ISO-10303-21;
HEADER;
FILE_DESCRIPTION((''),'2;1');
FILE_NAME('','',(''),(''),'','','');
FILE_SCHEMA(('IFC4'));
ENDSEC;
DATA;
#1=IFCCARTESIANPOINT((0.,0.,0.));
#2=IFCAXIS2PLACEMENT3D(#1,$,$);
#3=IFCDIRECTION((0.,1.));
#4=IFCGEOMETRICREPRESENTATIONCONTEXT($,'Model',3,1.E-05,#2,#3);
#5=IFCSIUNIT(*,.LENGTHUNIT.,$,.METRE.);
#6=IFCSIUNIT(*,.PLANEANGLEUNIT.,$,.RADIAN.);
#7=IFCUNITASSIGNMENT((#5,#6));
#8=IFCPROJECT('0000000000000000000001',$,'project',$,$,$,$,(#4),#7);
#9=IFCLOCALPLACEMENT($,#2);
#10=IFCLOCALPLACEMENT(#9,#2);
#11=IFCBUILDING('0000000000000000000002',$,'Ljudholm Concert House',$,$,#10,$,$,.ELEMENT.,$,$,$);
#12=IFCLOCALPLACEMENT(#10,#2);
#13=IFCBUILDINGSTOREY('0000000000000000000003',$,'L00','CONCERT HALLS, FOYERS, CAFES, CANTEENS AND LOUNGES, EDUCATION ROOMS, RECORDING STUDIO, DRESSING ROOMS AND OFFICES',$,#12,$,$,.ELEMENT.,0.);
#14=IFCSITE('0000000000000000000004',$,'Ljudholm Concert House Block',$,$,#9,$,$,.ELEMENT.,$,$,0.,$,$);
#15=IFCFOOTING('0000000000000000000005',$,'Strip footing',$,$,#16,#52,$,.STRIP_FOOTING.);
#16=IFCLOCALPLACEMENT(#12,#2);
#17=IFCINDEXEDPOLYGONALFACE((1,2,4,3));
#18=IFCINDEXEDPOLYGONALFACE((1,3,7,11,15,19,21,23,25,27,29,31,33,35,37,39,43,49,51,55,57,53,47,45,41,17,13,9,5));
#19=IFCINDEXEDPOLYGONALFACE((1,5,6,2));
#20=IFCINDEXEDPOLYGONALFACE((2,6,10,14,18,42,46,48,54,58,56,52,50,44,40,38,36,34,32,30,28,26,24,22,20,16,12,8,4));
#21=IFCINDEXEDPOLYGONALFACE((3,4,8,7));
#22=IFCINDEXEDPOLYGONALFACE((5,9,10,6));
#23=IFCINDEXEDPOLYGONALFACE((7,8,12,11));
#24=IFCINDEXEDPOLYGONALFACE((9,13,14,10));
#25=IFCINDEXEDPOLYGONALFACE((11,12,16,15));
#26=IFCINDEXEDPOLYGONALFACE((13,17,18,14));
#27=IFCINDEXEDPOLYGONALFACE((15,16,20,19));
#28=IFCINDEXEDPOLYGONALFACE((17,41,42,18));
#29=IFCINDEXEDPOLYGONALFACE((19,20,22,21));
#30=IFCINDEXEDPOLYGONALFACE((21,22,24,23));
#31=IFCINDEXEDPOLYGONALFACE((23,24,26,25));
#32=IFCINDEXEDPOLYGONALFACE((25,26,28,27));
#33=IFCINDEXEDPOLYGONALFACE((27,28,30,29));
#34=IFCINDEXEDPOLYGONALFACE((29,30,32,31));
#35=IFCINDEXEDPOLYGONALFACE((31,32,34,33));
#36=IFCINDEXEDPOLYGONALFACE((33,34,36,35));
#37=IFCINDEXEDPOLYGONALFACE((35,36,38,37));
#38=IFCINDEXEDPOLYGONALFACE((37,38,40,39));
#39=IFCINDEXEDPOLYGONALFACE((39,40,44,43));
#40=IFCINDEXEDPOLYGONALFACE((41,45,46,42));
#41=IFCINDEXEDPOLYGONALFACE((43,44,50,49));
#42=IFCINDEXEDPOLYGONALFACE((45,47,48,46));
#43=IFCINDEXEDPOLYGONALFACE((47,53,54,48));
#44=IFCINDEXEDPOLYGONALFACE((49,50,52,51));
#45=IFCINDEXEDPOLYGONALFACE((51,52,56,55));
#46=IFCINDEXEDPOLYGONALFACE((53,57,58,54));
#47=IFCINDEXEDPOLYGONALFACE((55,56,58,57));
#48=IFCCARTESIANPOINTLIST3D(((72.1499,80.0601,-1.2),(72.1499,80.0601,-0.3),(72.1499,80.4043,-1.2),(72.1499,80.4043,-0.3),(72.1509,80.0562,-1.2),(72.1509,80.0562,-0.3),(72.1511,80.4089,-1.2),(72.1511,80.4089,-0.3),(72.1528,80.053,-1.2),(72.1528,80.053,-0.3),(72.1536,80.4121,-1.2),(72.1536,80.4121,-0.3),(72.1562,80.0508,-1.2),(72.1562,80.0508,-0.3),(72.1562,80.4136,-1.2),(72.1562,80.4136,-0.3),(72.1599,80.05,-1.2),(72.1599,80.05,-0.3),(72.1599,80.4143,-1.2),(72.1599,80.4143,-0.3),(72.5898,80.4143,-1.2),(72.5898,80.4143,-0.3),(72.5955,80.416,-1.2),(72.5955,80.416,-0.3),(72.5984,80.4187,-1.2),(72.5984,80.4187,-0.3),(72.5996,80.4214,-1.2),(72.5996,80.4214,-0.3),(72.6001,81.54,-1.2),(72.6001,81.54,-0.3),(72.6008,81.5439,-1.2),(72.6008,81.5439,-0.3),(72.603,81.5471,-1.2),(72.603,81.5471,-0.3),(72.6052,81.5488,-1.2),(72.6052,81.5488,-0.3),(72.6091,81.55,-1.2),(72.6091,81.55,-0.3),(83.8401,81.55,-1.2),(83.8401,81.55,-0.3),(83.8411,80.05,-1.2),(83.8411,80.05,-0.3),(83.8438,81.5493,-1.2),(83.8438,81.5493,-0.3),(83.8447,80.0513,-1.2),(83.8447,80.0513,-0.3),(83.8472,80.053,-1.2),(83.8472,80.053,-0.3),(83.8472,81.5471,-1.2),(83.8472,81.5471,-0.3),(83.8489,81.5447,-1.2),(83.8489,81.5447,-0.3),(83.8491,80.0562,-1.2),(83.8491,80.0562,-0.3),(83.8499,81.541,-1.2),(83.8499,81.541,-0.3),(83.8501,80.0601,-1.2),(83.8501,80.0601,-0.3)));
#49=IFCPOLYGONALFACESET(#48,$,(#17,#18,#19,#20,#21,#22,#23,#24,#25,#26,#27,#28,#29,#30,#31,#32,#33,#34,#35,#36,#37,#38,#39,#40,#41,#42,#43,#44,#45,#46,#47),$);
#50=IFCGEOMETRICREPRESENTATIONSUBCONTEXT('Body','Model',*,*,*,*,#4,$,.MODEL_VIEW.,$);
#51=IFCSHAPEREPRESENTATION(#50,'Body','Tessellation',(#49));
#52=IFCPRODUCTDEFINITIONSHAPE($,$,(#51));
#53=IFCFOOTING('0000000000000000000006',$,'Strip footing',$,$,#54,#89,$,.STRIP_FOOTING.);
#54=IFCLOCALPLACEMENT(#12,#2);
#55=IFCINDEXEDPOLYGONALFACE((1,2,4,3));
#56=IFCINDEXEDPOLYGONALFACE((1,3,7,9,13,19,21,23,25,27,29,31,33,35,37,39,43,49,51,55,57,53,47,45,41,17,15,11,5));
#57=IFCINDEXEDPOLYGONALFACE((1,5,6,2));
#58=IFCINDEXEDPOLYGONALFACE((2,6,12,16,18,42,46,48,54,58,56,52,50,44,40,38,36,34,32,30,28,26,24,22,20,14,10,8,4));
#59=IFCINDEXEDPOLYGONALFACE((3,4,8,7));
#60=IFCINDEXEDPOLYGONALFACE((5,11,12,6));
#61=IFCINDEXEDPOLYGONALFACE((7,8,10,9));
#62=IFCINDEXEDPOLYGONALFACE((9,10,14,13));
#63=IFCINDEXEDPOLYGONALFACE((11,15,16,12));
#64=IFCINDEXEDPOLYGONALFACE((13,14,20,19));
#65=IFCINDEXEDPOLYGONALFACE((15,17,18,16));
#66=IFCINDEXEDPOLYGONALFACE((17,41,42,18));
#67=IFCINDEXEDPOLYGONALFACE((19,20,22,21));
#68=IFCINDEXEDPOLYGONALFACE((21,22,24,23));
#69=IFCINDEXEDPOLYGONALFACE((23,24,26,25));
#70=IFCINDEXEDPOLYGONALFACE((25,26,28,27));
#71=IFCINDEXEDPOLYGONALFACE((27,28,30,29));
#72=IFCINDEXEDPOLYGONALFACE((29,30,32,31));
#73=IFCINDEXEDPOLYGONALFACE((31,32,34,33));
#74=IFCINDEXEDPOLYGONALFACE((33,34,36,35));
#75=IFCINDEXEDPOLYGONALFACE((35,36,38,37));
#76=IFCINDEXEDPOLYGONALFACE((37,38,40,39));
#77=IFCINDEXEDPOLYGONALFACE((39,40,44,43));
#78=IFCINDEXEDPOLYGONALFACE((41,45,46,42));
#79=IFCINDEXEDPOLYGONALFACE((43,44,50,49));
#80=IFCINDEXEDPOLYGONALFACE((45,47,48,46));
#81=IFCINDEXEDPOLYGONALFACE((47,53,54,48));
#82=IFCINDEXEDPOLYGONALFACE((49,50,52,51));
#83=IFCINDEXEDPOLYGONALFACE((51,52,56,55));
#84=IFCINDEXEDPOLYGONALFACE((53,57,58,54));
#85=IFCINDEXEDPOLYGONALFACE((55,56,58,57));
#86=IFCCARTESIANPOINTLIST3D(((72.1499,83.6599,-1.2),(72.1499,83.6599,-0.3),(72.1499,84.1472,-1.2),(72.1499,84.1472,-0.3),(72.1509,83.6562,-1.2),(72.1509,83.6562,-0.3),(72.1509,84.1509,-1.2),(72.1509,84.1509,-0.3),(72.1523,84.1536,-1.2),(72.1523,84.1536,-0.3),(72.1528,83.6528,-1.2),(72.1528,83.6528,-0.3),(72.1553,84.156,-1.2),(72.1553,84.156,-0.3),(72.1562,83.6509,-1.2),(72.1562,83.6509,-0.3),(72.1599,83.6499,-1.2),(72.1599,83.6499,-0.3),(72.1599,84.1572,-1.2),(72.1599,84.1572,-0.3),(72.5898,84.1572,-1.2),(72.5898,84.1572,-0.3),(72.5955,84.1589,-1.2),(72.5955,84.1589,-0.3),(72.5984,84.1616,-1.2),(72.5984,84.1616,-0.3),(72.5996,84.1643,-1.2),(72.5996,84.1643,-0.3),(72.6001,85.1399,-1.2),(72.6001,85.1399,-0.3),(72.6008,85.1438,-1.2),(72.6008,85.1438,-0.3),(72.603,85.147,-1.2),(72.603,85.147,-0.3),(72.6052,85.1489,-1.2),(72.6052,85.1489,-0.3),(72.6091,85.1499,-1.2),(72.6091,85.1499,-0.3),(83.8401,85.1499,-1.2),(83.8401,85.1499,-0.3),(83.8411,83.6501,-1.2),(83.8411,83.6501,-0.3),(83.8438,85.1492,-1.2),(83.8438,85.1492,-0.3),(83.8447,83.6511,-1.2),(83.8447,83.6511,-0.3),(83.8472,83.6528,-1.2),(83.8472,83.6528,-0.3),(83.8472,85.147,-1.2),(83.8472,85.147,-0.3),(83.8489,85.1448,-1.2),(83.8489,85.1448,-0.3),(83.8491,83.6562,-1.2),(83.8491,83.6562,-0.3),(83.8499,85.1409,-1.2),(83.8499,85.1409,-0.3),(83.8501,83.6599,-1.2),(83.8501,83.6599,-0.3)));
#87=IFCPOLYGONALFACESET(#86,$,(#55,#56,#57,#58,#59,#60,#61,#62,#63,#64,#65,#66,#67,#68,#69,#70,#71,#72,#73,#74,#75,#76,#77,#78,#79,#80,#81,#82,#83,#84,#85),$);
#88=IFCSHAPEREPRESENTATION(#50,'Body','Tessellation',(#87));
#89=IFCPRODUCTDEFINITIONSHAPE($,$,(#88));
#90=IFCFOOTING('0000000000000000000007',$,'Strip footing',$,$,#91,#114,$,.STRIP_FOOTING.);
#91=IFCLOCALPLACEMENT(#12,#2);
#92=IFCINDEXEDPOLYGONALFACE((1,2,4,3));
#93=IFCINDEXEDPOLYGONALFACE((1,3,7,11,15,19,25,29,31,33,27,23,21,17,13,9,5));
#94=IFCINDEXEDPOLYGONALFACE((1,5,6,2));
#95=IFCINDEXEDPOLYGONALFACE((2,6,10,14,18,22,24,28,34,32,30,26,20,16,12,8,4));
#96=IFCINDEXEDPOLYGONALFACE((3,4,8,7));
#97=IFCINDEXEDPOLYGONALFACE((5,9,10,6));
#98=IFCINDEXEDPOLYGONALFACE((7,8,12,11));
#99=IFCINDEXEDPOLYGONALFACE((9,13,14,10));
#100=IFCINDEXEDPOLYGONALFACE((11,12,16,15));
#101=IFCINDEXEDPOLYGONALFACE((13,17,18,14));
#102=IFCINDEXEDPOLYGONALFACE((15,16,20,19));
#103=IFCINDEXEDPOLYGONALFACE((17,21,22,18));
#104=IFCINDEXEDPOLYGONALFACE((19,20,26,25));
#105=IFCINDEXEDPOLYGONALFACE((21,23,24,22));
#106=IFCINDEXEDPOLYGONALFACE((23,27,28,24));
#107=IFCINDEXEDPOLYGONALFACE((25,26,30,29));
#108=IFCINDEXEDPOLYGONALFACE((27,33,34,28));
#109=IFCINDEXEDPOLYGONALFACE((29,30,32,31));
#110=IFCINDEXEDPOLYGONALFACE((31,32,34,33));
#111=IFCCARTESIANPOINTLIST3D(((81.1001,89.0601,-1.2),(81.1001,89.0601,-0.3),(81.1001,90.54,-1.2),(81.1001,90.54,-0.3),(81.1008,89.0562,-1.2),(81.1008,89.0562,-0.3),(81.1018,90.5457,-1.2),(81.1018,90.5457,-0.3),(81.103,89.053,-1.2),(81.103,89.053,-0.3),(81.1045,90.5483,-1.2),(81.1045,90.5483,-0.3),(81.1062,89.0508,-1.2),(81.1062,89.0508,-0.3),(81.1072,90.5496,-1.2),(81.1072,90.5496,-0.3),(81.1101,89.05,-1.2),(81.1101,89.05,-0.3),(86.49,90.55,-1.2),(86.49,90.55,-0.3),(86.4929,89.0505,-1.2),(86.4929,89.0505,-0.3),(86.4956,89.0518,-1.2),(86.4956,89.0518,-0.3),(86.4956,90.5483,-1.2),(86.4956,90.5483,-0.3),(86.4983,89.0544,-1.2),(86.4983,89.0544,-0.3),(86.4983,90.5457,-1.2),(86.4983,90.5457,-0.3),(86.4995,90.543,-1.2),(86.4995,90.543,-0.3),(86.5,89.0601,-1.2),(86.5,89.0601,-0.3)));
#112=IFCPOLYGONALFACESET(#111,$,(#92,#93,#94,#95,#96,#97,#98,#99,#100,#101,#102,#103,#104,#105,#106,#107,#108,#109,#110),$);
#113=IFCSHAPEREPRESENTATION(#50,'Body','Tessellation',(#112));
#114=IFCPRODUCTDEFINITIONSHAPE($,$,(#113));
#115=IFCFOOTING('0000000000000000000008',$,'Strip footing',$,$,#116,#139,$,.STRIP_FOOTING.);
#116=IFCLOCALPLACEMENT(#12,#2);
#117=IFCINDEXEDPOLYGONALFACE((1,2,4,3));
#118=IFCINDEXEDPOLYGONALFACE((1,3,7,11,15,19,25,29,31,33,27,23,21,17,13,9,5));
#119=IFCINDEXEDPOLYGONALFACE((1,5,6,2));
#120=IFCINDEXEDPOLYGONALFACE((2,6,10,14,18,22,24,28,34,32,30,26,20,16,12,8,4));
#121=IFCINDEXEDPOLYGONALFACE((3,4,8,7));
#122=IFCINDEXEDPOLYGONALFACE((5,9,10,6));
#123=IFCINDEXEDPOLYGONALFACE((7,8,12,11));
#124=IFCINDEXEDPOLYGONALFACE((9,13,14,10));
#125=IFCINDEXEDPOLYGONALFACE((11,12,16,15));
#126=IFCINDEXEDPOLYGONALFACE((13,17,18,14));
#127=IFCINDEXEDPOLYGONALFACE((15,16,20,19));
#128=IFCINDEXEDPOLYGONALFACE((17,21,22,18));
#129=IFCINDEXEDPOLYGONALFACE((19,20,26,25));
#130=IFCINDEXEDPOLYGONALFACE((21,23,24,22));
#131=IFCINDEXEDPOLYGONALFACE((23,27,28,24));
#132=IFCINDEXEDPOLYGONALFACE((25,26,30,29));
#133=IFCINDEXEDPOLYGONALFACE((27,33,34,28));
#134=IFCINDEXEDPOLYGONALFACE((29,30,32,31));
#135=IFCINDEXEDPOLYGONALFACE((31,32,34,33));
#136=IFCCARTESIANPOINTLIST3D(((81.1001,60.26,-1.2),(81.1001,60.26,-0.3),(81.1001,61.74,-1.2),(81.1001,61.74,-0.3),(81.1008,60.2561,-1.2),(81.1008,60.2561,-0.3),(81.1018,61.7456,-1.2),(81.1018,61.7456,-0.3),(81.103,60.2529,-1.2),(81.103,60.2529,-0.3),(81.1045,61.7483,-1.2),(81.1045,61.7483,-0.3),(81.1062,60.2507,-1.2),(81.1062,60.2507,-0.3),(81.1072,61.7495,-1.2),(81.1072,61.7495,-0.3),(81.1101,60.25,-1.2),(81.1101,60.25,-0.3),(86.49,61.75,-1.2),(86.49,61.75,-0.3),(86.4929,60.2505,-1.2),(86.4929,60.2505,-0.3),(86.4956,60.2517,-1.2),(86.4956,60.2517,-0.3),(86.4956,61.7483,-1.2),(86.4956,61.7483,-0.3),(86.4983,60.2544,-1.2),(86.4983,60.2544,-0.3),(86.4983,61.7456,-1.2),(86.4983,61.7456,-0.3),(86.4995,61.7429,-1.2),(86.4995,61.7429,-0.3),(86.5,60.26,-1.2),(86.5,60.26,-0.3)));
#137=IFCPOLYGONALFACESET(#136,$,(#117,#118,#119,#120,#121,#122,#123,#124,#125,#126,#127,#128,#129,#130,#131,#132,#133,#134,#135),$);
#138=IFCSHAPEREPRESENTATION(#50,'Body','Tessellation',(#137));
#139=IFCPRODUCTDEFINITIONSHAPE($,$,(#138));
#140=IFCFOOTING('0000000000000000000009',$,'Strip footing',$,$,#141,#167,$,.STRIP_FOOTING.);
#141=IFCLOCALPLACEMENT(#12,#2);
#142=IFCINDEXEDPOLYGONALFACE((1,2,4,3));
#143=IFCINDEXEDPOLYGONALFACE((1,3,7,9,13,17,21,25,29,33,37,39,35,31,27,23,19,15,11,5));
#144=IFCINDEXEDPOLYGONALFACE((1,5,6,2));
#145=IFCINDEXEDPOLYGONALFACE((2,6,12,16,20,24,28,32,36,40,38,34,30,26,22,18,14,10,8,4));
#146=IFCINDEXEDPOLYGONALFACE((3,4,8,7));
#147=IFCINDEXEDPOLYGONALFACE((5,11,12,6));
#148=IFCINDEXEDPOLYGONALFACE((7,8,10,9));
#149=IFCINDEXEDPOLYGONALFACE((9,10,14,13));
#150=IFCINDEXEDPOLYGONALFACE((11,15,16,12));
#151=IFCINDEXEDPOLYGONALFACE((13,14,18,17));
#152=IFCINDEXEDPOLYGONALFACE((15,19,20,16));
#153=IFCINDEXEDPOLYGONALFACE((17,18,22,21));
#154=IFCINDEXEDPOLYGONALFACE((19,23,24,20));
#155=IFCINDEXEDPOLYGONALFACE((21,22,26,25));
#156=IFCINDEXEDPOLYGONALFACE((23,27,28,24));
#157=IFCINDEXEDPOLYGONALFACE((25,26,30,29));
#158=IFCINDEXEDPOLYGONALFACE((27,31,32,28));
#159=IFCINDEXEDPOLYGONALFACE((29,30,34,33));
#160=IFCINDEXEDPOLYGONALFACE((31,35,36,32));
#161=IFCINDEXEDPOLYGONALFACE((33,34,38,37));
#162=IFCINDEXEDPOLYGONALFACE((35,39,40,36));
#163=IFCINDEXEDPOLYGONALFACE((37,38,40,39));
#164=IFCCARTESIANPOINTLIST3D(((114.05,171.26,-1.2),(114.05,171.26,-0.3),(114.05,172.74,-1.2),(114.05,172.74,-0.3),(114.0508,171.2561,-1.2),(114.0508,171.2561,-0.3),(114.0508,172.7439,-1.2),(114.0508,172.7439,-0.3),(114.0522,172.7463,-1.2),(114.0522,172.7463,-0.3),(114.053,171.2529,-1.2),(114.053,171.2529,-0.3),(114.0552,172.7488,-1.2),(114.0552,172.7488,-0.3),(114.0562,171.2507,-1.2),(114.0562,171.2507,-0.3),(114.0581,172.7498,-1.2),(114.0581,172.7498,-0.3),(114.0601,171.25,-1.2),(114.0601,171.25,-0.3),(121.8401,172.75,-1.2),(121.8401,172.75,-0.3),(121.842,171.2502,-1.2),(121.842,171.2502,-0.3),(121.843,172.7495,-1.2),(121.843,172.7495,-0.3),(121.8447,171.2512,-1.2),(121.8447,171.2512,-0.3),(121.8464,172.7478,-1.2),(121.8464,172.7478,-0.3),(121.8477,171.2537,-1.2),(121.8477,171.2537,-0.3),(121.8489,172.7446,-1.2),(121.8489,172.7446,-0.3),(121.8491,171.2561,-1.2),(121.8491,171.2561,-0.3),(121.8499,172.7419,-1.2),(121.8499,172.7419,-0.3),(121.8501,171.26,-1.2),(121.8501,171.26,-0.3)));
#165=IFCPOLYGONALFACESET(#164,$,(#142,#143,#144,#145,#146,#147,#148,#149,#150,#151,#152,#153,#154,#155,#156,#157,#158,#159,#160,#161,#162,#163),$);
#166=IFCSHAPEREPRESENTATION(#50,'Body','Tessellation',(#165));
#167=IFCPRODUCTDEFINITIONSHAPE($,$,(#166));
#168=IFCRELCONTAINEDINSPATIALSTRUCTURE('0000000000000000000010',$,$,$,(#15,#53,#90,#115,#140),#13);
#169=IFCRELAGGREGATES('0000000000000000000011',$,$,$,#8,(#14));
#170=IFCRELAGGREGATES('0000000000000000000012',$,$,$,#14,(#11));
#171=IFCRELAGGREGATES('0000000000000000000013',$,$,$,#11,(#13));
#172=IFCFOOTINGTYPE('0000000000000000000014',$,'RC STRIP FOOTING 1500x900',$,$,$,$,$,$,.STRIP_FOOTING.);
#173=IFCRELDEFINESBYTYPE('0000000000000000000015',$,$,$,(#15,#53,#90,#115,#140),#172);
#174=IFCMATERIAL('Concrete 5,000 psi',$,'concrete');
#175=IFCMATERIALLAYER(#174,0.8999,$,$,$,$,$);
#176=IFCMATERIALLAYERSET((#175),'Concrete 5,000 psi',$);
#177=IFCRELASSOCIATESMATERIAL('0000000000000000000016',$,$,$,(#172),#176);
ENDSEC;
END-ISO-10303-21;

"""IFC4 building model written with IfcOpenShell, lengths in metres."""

from ifc_helpers import new_model, si_unit, direction, frame, origin, place, context, subcontext, project, spatial, polyline, outline, extrude, material, layer, layer_set, type_object, element, save


model = new_model("IFC4")

# Units and contexts
model_context = context("Model", 3, precision=1e-05, world=origin(), true_north=direction((0.0, 1.0)))
body_context = subcontext(model_context, "Body", "Model", "MODEL_VIEW")
ifc_project = project(units=[si_unit("LENGTHUNIT", "METRE"), si_unit("PLANEANGLEUNIT", "RADIAN")], contexts=[model_context])

# Site, building, storey
site_placement = place(None, origin())
site = spatial("IfcSite", under=ifc_project, at=site_placement, Name="Ljudholm Concert House Block", CompositionType="ELEMENT", RefElevation=0.0)
building_placement = place(site_placement, origin())
building = spatial("IfcBuilding", under=site, at=building_placement, Name="Ljudholm Concert House", CompositionType="ELEMENT")
storey_placement = place(building_placement, origin())
storey = spatial("IfcBuildingStorey", under=building, at=storey_placement, Name="L00", Description="CONCERT HALLS, FOYERS, CAFES, CANTEENS AND LOUNGES, EDUCATION ROOMS, RECORDING STUDIO, DRESSING ROOMS AND OFFICES", CompositionType="ELEMENT", Elevation=0.0)

# Footings
ifc_material = material(Name="Concrete 5,000 psi", Category="concrete")
ifc_layer = layer(ifc_material, 0.8999)
ifc_layer_set = layer_set([ifc_layer], Name="Concrete 5,000 psi")
footing_type = type_object("IfcFootingType", Name="RC STRIP FOOTING 1500x900", PredefinedType="STRIP_FOOTING", material=ifc_layer_set)
footing_1_placement = place(storey_placement, frame((0.0, 0.0, -1.2)))
element("IfcFooting", 1, at=footing_1_placement, inside=storey, type_object=footing_type, Name="Strip footing", PredefinedType="STRIP_FOOTING", context=body_context, shape_type="SweptSolid", body=[
    extrude(outline(polyline([(72.1599, 80.05), (83.8411, 80.05), (83.8447, 80.0513), (83.8472, 80.053), (83.8491, 80.0562), (83.8501, 80.0601), (83.8499, 81.541), (83.8489, 81.5447), (83.8472, 81.5471), (83.8438, 81.5493), (83.8401, 81.55), (72.6091, 81.55), (72.6052, 81.5488), (72.603, 81.5471), (72.6008, 81.5439), (72.6001, 81.54), (72.5996, 80.4214), (72.5984, 80.4187), (72.5955, 80.416), (72.5898, 80.4143), (72.1599, 80.4143), (72.1562, 80.4136), (72.1536, 80.4121), (72.1511, 80.4089), (72.1499, 80.4043), (72.1499, 80.0601), (72.1509, 80.0562), (72.1528, 80.053), (72.1562, 80.0508), (72.1599, 80.05)])), origin(), (0.0, 0.0, 1.0), 0.8999),
])
footing_2_placement = place(storey_placement, frame((0.0, 0.0, -1.2)))
element("IfcFooting", 2, at=footing_2_placement, inside=storey, type_object=footing_type, Name="Strip footing", PredefinedType="STRIP_FOOTING", context=body_context, shape_type="SweptSolid", body=[
    extrude(outline(polyline([(72.1599, 83.6499), (83.8411, 83.6501), (83.8447, 83.6511), (83.8472, 83.6528), (83.8491, 83.6562), (83.8501, 83.6599), (83.8499, 85.1409), (83.8489, 85.1448), (83.8472, 85.147), (83.8438, 85.1492), (83.8401, 85.1499), (72.6091, 85.1499), (72.6052, 85.1489), (72.603, 85.147), (72.6008, 85.1438), (72.6001, 85.1399), (72.5996, 84.1643), (72.5984, 84.1616), (72.5955, 84.1589), (72.5898, 84.1572), (72.1599, 84.1572), (72.1553, 84.156), (72.1523, 84.1536), (72.1509, 84.1509), (72.1499, 84.1472), (72.1499, 83.6599), (72.1509, 83.6562), (72.1528, 83.6528), (72.1562, 83.6509), (72.1599, 83.6499)])), origin(), (0.0, 0.0, 1.0), 0.8999),
])
footing_3_placement = place(storey_placement, frame((0.0, 0.0, -1.2)))
element("IfcFooting", 3, at=footing_3_placement, inside=storey, type_object=footing_type, Name="Strip footing", PredefinedType="STRIP_FOOTING", context=body_context, shape_type="SweptSolid", body=[
    extrude(outline(polyline([(81.1101, 89.05), (86.4929, 89.0505), (86.4956, 89.0518), (86.4983, 89.0544), (86.5, 89.0601), (86.4995, 90.543), (86.4983, 90.5457), (86.4956, 90.5483), (86.49, 90.55), (81.1072, 90.5496), (81.1045, 90.5483), (81.1018, 90.5457), (81.1001, 90.54), (81.1001, 89.0601), (81.1008, 89.0562), (81.103, 89.053), (81.1062, 89.0508), (81.1101, 89.05)])), origin(), (0.0, 0.0, 1.0), 0.8999),
])
footing_4_placement = place(storey_placement, frame((0.0, 0.0, -1.2)))
element("IfcFooting", 4, at=footing_4_placement, inside=storey, type_object=footing_type, Name="Strip footing", PredefinedType="STRIP_FOOTING", context=body_context, shape_type="SweptSolid", body=[
    extrude(outline(polyline([(81.1101, 60.25), (86.4929, 60.2505), (86.4956, 60.2517), (86.4983, 60.2544), (86.5, 60.26), (86.4995, 61.7429), (86.4983, 61.7456), (86.4956, 61.7483), (86.49, 61.75), (81.1072, 61.7495), (81.1045, 61.7483), (81.1018, 61.7456), (81.1001, 61.74), (81.1001, 60.26), (81.1008, 60.2561), (81.103, 60.2529), (81.1062, 60.2507), (81.1101, 60.25)])), origin(), (0.0, 0.0, 1.0), 0.8999),
])
footing_5_placement = place(storey_placement, frame((0.0, 0.0, -1.2)))
element("IfcFooting", 5, at=footing_5_placement, inside=storey, type_object=footing_type, Name="Strip footing", PredefinedType="STRIP_FOOTING", context=body_context, shape_type="SweptSolid", body=[
    extrude(outline(polyline([(114.0601, 171.25), (121.842, 171.2502), (121.8447, 171.2512), (121.8477, 171.2537), (121.8491, 171.2561), (121.8501, 171.26), (121.8499, 172.7419), (121.8489, 172.7446), (121.8464, 172.7478), (121.843, 172.7495), (121.8401, 172.75), (114.0581, 172.7498), (114.0552, 172.7488), (114.0522, 172.7463), (114.0508, 172.7439), (114.05, 172.74), (114.05, 171.26), (114.0508, 171.2561), (114.053, 171.2529), (114.0562, 171.2507), (114.0601, 171.25)])), origin(), (0.0, 0.0, 1.0), 0.8999),
])

save(model, "model.ifc")
